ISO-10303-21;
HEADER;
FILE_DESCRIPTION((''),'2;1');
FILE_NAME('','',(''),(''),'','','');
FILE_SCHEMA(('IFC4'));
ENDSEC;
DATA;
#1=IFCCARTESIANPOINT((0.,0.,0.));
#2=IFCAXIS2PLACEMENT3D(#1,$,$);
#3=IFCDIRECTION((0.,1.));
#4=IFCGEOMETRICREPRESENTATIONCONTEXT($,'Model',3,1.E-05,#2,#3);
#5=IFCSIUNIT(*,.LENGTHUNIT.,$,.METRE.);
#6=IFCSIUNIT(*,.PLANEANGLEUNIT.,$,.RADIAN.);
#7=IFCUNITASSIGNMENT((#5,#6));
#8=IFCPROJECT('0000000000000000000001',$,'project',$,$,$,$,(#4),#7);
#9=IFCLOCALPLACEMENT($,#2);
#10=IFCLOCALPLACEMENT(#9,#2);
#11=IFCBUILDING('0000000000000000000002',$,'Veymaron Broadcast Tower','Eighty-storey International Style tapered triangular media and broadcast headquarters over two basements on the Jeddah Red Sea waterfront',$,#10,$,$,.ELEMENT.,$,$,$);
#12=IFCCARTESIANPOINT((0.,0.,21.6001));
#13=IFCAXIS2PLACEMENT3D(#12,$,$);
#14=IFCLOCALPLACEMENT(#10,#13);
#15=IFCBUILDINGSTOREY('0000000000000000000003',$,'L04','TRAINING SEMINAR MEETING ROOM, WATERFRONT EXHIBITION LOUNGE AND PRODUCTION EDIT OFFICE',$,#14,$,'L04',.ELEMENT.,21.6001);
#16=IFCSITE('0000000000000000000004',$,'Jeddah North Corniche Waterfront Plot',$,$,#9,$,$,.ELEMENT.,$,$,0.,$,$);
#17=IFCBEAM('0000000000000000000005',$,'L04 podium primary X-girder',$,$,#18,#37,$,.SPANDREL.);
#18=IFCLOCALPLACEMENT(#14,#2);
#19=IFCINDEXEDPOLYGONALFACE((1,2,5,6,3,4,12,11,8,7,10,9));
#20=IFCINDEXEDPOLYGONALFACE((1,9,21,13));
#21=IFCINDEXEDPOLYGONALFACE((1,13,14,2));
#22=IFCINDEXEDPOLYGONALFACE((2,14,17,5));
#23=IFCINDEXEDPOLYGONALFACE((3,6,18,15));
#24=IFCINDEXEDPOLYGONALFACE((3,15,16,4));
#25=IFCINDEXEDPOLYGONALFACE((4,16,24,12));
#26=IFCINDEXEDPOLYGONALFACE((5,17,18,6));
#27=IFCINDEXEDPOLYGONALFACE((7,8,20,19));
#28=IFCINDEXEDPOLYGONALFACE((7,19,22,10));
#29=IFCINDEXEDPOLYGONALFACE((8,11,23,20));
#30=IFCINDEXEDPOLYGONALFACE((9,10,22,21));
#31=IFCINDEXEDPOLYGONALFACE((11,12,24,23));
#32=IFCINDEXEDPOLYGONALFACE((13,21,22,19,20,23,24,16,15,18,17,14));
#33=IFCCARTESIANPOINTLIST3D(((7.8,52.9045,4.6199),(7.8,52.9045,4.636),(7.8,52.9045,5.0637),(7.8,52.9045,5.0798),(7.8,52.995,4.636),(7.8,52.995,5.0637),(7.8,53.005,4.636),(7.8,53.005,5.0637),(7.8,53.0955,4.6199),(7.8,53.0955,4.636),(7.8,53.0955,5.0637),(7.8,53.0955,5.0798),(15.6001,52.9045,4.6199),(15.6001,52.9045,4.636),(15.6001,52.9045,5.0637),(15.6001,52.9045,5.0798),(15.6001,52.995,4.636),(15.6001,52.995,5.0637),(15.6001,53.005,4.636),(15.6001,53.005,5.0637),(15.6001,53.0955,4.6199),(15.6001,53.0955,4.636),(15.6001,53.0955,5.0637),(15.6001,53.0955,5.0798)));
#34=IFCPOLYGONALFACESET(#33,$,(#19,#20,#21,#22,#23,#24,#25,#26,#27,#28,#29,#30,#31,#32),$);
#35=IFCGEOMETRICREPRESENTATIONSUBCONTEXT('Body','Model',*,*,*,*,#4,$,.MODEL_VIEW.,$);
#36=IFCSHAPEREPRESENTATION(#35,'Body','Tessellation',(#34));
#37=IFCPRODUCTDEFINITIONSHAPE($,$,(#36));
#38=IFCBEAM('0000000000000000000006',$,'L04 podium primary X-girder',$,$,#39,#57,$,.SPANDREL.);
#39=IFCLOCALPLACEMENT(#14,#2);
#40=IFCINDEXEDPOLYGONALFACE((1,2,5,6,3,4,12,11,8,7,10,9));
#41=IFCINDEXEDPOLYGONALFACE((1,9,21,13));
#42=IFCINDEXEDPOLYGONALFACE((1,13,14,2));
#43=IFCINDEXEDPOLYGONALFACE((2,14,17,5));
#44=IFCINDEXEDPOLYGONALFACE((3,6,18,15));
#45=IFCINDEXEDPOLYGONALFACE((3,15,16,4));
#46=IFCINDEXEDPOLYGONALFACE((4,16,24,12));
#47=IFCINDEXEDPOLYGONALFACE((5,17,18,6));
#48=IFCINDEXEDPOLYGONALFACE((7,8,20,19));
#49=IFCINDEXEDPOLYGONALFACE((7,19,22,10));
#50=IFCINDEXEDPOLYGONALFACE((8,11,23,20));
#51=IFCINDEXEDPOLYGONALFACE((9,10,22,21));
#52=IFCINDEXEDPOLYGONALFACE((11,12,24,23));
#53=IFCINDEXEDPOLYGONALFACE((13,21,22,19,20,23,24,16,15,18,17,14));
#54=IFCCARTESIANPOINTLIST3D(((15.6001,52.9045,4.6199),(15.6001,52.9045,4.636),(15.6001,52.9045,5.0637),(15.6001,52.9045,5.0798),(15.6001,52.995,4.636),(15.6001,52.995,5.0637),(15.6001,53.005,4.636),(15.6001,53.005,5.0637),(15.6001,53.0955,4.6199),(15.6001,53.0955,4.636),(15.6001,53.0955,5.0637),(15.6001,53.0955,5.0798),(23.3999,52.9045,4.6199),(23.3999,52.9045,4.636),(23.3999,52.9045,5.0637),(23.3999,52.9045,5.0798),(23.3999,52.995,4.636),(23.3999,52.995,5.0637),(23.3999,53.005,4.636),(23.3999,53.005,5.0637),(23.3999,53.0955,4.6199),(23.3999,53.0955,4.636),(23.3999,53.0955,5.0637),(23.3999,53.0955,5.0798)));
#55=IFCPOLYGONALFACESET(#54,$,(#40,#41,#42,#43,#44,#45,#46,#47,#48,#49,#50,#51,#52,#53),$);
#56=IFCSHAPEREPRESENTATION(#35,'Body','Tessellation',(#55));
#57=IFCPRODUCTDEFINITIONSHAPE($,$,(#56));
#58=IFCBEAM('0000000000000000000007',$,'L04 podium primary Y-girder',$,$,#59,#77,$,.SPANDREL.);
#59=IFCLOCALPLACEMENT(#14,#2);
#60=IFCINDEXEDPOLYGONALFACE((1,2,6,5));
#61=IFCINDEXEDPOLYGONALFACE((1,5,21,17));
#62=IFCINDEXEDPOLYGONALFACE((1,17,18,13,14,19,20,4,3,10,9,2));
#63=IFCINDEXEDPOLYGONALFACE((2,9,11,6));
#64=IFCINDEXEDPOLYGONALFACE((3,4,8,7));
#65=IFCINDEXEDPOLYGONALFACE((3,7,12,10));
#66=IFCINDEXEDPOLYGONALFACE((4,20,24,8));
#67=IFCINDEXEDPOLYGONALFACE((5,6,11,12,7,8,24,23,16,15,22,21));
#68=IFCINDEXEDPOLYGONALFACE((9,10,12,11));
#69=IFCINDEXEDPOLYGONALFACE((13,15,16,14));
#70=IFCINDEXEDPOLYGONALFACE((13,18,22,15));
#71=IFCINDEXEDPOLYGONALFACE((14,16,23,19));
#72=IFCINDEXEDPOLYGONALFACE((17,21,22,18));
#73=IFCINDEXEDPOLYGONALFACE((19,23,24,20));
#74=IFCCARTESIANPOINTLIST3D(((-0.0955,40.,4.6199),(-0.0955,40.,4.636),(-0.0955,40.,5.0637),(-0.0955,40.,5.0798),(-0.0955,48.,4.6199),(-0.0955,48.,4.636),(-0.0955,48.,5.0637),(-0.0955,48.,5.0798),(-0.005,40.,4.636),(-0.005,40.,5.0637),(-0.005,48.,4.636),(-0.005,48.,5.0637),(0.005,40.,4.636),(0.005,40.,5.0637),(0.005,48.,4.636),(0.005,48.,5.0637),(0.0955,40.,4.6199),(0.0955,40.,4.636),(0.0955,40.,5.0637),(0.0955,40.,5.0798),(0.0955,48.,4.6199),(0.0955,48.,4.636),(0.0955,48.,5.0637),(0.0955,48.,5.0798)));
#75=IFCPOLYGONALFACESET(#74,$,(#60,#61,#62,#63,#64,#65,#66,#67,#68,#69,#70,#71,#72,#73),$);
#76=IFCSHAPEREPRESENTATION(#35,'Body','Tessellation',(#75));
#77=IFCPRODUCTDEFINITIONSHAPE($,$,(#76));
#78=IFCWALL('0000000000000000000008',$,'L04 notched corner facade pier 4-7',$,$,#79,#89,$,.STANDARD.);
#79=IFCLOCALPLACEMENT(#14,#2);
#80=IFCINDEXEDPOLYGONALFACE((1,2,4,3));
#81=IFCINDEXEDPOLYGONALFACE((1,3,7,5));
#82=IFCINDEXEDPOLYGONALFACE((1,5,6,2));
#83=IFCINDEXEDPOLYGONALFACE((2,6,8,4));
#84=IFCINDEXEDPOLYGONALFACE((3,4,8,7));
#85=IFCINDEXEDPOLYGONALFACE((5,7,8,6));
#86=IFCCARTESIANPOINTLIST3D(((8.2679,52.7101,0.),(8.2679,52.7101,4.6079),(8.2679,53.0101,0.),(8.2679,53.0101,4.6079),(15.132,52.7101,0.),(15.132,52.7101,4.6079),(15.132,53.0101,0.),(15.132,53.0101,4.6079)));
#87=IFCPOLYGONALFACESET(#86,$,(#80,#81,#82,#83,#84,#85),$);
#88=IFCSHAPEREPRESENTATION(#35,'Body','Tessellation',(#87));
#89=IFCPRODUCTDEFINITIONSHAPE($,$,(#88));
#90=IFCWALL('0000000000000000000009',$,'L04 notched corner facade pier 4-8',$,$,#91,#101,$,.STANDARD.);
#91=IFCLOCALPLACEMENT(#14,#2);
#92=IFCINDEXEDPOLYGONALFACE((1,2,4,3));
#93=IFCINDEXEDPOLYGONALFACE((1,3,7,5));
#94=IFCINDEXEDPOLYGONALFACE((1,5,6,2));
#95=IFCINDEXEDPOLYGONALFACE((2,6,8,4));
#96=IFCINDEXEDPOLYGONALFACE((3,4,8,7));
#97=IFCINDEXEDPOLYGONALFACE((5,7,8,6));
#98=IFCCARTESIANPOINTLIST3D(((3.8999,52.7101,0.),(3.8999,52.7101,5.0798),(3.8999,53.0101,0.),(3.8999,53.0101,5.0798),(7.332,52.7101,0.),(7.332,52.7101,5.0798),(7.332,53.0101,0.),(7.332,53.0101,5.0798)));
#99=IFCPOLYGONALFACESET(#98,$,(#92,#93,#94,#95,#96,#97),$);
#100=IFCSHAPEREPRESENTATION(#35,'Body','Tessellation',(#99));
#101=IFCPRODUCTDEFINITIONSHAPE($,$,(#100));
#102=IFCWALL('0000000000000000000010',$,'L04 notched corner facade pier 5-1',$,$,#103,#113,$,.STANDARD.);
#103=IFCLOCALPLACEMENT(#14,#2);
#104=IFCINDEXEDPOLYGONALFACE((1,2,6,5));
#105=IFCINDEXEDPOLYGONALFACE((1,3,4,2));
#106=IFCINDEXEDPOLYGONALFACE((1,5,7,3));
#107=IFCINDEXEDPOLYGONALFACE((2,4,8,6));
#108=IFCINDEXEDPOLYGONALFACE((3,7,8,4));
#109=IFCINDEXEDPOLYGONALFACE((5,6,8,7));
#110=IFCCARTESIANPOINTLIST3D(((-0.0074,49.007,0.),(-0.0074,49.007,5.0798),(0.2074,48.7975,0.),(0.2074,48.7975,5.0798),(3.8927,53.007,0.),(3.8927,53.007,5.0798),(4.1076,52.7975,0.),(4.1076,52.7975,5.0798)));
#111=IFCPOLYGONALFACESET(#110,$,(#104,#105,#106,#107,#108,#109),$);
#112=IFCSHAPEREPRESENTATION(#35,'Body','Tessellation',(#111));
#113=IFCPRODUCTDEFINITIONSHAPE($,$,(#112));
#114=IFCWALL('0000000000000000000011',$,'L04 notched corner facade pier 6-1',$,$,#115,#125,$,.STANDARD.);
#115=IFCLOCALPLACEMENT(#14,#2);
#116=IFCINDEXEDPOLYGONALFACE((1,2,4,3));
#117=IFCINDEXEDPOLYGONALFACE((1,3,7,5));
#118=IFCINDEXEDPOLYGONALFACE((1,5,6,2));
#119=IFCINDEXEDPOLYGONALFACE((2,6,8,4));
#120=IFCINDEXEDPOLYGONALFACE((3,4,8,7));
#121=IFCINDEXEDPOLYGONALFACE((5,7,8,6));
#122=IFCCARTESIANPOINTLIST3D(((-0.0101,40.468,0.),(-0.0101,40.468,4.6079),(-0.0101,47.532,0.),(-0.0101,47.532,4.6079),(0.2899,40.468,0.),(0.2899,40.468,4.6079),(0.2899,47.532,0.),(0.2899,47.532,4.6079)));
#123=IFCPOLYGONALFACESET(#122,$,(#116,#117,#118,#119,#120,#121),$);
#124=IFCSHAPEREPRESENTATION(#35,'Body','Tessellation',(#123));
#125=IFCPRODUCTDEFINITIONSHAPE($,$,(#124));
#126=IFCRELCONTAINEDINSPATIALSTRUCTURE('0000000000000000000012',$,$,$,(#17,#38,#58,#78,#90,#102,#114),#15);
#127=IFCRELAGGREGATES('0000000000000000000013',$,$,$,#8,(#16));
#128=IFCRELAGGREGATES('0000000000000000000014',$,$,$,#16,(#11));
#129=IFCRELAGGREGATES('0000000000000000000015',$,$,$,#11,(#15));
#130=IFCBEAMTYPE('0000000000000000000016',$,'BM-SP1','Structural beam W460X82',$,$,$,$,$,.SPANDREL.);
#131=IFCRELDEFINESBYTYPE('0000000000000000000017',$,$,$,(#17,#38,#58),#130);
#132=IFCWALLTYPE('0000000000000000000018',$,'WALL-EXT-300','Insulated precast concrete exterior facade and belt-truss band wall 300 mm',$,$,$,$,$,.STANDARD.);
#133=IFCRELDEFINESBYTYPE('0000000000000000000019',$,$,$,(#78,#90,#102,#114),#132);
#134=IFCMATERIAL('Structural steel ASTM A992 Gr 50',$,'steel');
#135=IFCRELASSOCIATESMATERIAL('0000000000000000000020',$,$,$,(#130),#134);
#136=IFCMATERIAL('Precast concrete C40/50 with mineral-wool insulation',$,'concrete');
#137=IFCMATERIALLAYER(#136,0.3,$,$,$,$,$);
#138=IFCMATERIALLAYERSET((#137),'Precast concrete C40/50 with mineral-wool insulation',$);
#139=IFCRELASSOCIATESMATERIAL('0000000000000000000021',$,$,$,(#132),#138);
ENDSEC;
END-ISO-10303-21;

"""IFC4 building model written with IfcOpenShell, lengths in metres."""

from ifc_helpers import new_model, si_unit, direction, frame, frame_2d, origin, origin_2d, place, context, subcontext, project, spatial, rectangle, i_section, extrude, material, layer, layer_set, material_profile, profile_set, type_object, element, save


model = new_model("IFC4")

# Units and contexts
model_context = context("Model", 3, precision=1e-05, world=origin(), true_north=direction((0.0, 1.0)))
body_context = subcontext(model_context, "Body", "Model", "MODEL_VIEW")
ifc_project = project(units=[si_unit("LENGTHUNIT", "METRE"), si_unit("PLANEANGLEUNIT", "RADIAN")], contexts=[model_context])

# Site, building, storey
site_placement = place(None, origin())
site = spatial("IfcSite", under=ifc_project, at=site_placement, Name="Jeddah North Corniche Waterfront Plot", CompositionType="ELEMENT", RefElevation=0.0)
building_placement = place(site_placement, origin())
building = spatial("IfcBuilding", under=site, at=building_placement, Name="Veymaron Broadcast Tower", Description="Eighty-storey International Style tapered triangular media and broadcast headquarters over two basements on the Jeddah Red Sea waterfront", CompositionType="ELEMENT")
storey_placement = place(building_placement, frame((0.0, 0.0, 21.6001)))
storey = spatial("IfcBuildingStorey", under=building, at=storey_placement, Name="L04", Description="TRAINING SEMINAR MEETING ROOM, WATERFRONT EXHIBITION LOUNGE AND PRODUCTION EDIT OFFICE", LongName="L04", CompositionType="ELEMENT", Elevation=21.6001)

# Beams
ifc_material_1 = material(Name="Structural steel ASTM A992 Gr 50", Category="steel")
ifc_material_profile_1 = material_profile(ifc_material_1, i_section(OverallWidth=0.1909, OverallDepth=0.46, WebThickness=0.01, FlangeThickness=0.0161, at=origin_2d()), Name="W460X82")
ifc_profile_set_1 = profile_set([ifc_material_profile_1], Name="Structural steel ASTM A992 Gr 50")
beam_type_1 = type_object("IfcBeamType", Name="BM-SP1", Description="Structural beam W460X82", PredefinedType="SPANDREL", material=ifc_profile_set_1)
beam_1_placement = place(storey_placement, frame((7.8, 53.0, 4.8499), z_axis=(1.0, 0.0, 0.0), x_axis=(0.0, 1.0, 0.0)))
element("IfcBeam", 1, at=beam_1_placement, inside=storey, type_object=beam_type_1, Name="L04 podium primary X-girder", PredefinedType="SPANDREL", context=body_context, shape_type="SweptSolid", body=[
    extrude(i_section(OverallWidth=0.1909, OverallDepth=0.46, WebThickness=0.01, FlangeThickness=0.0161, at=origin_2d()), origin(), (0.0, 0.0, 1.0), 7.8),
])
beam_2_placement = place(storey_placement, frame((15.6001, 53.0, 4.8499), z_axis=(1.0, 0.0, 0.0), x_axis=(0.0, 1.0, 0.0)))
element("IfcBeam", 2, at=beam_2_placement, inside=storey, type_object=beam_type_1, Name="L04 podium primary X-girder", PredefinedType="SPANDREL", context=body_context, shape_type="SweptSolid", body=[
    extrude(i_section(OverallWidth=0.1909, OverallDepth=0.46, WebThickness=0.01, FlangeThickness=0.0161, at=origin_2d()), origin(), (0.0, 0.0, 1.0), 7.7998),
])
beam_3_placement = place(storey_placement, frame((0.0, 40.0, 4.8499), z_axis=(0.0, 1.0, 0.0), x_axis=(-1.0, 0.0, 0.0)))
element("IfcBeam", 3, at=beam_3_placement, inside=storey, type_object=beam_type_1, Name="L04 podium primary Y-girder", PredefinedType="SPANDREL", context=body_context, shape_type="SweptSolid", body=[
    extrude(i_section(OverallWidth=0.1909, OverallDepth=0.46, WebThickness=0.01, FlangeThickness=0.0161, at=origin_2d()), origin(), (0.0, 0.0, 1.0), 8.0),
])

# Walls
ifc_material_2 = material(Name="Precast concrete C40/50 with mineral-wool insulation", Category="concrete")
ifc_layer = layer(ifc_material_2, 0.3)
ifc_layer_set = layer_set([ifc_layer], Name="Precast concrete C40/50 with mineral-wool insulation")
wall_type = type_object("IfcWallType", Name="WALL-EXT-300", Description="Insulated precast concrete exterior facade and belt-truss band wall 300 mm", PredefinedType="STANDARD", material=ifc_layer_set)
wall_1_placement = place(storey_placement, frame((15.1321, 52.8601, 0.0), z_axis=(0.0, 0.0, 1.0), x_axis=(-1.0, 0.0, 0.0)))
element("IfcWall", 4, at=wall_1_placement, inside=storey, type_object=wall_type, Name="L04 notched corner facade pier 4-7", PredefinedType="STANDARD", context=body_context, shape_type="SweptSolid", body=[
    extrude(rectangle(XDim=6.864, YDim=0.3, at=frame_2d((3.4321, 0.0))), origin(), (0.0, 0.0, 1.0), 4.6079),
])
wall_2_placement = place(storey_placement, frame((7.332, 52.8601, 0.0), z_axis=(0.0, 0.0, 1.0), x_axis=(-1.0, 0.0, 0.0)))
element("IfcWall", 5, at=wall_2_placement, inside=storey, type_object=wall_type, Name="L04 notched corner facade pier 4-8", PredefinedType="STANDARD", context=body_context, shape_type="SweptSolid", body=[
    extrude(rectangle(XDim=3.4321, YDim=0.3, at=frame_2d((1.7161, 0.0))), origin(), (0.0, 0.0, 1.0), 5.0798),
])
wall_3_placement = place(storey_placement, frame((4.0002, 52.9023, 0.0), z_axis=(0.0, 0.0, 1.0), x_axis=(-0.698114, -0.715987, 0.0)))
element("IfcWall", 6, at=wall_3_placement, inside=storey, type_object=wall_type, Name="L04 notched corner facade pier 5-1", PredefinedType="STANDARD", context=body_context, shape_type="SweptSolid", body=[
    extrude(rectangle(XDim=5.5867, YDim=0.3, at=frame_2d((2.7935, 0.0))), origin(), (0.0, 0.0, 1.0), 5.0798),
])
wall_4_placement = place(storey_placement, frame((0.1399, 47.532, 0.0), z_axis=(0.0, 0.0, 1.0), x_axis=(0.0, -1.0, 0.0)))
element("IfcWall", 7, at=wall_4_placement, inside=storey, type_object=wall_type, Name="L04 notched corner facade pier 6-1", PredefinedType="STANDARD", context=body_context, shape_type="SweptSolid", body=[
    extrude(rectangle(XDim=7.064, YDim=0.3, at=frame_2d((3.532, 0.0))), origin(), (0.0, 0.0, 1.0), 4.6079),
])

save(model, "model.ifc")
